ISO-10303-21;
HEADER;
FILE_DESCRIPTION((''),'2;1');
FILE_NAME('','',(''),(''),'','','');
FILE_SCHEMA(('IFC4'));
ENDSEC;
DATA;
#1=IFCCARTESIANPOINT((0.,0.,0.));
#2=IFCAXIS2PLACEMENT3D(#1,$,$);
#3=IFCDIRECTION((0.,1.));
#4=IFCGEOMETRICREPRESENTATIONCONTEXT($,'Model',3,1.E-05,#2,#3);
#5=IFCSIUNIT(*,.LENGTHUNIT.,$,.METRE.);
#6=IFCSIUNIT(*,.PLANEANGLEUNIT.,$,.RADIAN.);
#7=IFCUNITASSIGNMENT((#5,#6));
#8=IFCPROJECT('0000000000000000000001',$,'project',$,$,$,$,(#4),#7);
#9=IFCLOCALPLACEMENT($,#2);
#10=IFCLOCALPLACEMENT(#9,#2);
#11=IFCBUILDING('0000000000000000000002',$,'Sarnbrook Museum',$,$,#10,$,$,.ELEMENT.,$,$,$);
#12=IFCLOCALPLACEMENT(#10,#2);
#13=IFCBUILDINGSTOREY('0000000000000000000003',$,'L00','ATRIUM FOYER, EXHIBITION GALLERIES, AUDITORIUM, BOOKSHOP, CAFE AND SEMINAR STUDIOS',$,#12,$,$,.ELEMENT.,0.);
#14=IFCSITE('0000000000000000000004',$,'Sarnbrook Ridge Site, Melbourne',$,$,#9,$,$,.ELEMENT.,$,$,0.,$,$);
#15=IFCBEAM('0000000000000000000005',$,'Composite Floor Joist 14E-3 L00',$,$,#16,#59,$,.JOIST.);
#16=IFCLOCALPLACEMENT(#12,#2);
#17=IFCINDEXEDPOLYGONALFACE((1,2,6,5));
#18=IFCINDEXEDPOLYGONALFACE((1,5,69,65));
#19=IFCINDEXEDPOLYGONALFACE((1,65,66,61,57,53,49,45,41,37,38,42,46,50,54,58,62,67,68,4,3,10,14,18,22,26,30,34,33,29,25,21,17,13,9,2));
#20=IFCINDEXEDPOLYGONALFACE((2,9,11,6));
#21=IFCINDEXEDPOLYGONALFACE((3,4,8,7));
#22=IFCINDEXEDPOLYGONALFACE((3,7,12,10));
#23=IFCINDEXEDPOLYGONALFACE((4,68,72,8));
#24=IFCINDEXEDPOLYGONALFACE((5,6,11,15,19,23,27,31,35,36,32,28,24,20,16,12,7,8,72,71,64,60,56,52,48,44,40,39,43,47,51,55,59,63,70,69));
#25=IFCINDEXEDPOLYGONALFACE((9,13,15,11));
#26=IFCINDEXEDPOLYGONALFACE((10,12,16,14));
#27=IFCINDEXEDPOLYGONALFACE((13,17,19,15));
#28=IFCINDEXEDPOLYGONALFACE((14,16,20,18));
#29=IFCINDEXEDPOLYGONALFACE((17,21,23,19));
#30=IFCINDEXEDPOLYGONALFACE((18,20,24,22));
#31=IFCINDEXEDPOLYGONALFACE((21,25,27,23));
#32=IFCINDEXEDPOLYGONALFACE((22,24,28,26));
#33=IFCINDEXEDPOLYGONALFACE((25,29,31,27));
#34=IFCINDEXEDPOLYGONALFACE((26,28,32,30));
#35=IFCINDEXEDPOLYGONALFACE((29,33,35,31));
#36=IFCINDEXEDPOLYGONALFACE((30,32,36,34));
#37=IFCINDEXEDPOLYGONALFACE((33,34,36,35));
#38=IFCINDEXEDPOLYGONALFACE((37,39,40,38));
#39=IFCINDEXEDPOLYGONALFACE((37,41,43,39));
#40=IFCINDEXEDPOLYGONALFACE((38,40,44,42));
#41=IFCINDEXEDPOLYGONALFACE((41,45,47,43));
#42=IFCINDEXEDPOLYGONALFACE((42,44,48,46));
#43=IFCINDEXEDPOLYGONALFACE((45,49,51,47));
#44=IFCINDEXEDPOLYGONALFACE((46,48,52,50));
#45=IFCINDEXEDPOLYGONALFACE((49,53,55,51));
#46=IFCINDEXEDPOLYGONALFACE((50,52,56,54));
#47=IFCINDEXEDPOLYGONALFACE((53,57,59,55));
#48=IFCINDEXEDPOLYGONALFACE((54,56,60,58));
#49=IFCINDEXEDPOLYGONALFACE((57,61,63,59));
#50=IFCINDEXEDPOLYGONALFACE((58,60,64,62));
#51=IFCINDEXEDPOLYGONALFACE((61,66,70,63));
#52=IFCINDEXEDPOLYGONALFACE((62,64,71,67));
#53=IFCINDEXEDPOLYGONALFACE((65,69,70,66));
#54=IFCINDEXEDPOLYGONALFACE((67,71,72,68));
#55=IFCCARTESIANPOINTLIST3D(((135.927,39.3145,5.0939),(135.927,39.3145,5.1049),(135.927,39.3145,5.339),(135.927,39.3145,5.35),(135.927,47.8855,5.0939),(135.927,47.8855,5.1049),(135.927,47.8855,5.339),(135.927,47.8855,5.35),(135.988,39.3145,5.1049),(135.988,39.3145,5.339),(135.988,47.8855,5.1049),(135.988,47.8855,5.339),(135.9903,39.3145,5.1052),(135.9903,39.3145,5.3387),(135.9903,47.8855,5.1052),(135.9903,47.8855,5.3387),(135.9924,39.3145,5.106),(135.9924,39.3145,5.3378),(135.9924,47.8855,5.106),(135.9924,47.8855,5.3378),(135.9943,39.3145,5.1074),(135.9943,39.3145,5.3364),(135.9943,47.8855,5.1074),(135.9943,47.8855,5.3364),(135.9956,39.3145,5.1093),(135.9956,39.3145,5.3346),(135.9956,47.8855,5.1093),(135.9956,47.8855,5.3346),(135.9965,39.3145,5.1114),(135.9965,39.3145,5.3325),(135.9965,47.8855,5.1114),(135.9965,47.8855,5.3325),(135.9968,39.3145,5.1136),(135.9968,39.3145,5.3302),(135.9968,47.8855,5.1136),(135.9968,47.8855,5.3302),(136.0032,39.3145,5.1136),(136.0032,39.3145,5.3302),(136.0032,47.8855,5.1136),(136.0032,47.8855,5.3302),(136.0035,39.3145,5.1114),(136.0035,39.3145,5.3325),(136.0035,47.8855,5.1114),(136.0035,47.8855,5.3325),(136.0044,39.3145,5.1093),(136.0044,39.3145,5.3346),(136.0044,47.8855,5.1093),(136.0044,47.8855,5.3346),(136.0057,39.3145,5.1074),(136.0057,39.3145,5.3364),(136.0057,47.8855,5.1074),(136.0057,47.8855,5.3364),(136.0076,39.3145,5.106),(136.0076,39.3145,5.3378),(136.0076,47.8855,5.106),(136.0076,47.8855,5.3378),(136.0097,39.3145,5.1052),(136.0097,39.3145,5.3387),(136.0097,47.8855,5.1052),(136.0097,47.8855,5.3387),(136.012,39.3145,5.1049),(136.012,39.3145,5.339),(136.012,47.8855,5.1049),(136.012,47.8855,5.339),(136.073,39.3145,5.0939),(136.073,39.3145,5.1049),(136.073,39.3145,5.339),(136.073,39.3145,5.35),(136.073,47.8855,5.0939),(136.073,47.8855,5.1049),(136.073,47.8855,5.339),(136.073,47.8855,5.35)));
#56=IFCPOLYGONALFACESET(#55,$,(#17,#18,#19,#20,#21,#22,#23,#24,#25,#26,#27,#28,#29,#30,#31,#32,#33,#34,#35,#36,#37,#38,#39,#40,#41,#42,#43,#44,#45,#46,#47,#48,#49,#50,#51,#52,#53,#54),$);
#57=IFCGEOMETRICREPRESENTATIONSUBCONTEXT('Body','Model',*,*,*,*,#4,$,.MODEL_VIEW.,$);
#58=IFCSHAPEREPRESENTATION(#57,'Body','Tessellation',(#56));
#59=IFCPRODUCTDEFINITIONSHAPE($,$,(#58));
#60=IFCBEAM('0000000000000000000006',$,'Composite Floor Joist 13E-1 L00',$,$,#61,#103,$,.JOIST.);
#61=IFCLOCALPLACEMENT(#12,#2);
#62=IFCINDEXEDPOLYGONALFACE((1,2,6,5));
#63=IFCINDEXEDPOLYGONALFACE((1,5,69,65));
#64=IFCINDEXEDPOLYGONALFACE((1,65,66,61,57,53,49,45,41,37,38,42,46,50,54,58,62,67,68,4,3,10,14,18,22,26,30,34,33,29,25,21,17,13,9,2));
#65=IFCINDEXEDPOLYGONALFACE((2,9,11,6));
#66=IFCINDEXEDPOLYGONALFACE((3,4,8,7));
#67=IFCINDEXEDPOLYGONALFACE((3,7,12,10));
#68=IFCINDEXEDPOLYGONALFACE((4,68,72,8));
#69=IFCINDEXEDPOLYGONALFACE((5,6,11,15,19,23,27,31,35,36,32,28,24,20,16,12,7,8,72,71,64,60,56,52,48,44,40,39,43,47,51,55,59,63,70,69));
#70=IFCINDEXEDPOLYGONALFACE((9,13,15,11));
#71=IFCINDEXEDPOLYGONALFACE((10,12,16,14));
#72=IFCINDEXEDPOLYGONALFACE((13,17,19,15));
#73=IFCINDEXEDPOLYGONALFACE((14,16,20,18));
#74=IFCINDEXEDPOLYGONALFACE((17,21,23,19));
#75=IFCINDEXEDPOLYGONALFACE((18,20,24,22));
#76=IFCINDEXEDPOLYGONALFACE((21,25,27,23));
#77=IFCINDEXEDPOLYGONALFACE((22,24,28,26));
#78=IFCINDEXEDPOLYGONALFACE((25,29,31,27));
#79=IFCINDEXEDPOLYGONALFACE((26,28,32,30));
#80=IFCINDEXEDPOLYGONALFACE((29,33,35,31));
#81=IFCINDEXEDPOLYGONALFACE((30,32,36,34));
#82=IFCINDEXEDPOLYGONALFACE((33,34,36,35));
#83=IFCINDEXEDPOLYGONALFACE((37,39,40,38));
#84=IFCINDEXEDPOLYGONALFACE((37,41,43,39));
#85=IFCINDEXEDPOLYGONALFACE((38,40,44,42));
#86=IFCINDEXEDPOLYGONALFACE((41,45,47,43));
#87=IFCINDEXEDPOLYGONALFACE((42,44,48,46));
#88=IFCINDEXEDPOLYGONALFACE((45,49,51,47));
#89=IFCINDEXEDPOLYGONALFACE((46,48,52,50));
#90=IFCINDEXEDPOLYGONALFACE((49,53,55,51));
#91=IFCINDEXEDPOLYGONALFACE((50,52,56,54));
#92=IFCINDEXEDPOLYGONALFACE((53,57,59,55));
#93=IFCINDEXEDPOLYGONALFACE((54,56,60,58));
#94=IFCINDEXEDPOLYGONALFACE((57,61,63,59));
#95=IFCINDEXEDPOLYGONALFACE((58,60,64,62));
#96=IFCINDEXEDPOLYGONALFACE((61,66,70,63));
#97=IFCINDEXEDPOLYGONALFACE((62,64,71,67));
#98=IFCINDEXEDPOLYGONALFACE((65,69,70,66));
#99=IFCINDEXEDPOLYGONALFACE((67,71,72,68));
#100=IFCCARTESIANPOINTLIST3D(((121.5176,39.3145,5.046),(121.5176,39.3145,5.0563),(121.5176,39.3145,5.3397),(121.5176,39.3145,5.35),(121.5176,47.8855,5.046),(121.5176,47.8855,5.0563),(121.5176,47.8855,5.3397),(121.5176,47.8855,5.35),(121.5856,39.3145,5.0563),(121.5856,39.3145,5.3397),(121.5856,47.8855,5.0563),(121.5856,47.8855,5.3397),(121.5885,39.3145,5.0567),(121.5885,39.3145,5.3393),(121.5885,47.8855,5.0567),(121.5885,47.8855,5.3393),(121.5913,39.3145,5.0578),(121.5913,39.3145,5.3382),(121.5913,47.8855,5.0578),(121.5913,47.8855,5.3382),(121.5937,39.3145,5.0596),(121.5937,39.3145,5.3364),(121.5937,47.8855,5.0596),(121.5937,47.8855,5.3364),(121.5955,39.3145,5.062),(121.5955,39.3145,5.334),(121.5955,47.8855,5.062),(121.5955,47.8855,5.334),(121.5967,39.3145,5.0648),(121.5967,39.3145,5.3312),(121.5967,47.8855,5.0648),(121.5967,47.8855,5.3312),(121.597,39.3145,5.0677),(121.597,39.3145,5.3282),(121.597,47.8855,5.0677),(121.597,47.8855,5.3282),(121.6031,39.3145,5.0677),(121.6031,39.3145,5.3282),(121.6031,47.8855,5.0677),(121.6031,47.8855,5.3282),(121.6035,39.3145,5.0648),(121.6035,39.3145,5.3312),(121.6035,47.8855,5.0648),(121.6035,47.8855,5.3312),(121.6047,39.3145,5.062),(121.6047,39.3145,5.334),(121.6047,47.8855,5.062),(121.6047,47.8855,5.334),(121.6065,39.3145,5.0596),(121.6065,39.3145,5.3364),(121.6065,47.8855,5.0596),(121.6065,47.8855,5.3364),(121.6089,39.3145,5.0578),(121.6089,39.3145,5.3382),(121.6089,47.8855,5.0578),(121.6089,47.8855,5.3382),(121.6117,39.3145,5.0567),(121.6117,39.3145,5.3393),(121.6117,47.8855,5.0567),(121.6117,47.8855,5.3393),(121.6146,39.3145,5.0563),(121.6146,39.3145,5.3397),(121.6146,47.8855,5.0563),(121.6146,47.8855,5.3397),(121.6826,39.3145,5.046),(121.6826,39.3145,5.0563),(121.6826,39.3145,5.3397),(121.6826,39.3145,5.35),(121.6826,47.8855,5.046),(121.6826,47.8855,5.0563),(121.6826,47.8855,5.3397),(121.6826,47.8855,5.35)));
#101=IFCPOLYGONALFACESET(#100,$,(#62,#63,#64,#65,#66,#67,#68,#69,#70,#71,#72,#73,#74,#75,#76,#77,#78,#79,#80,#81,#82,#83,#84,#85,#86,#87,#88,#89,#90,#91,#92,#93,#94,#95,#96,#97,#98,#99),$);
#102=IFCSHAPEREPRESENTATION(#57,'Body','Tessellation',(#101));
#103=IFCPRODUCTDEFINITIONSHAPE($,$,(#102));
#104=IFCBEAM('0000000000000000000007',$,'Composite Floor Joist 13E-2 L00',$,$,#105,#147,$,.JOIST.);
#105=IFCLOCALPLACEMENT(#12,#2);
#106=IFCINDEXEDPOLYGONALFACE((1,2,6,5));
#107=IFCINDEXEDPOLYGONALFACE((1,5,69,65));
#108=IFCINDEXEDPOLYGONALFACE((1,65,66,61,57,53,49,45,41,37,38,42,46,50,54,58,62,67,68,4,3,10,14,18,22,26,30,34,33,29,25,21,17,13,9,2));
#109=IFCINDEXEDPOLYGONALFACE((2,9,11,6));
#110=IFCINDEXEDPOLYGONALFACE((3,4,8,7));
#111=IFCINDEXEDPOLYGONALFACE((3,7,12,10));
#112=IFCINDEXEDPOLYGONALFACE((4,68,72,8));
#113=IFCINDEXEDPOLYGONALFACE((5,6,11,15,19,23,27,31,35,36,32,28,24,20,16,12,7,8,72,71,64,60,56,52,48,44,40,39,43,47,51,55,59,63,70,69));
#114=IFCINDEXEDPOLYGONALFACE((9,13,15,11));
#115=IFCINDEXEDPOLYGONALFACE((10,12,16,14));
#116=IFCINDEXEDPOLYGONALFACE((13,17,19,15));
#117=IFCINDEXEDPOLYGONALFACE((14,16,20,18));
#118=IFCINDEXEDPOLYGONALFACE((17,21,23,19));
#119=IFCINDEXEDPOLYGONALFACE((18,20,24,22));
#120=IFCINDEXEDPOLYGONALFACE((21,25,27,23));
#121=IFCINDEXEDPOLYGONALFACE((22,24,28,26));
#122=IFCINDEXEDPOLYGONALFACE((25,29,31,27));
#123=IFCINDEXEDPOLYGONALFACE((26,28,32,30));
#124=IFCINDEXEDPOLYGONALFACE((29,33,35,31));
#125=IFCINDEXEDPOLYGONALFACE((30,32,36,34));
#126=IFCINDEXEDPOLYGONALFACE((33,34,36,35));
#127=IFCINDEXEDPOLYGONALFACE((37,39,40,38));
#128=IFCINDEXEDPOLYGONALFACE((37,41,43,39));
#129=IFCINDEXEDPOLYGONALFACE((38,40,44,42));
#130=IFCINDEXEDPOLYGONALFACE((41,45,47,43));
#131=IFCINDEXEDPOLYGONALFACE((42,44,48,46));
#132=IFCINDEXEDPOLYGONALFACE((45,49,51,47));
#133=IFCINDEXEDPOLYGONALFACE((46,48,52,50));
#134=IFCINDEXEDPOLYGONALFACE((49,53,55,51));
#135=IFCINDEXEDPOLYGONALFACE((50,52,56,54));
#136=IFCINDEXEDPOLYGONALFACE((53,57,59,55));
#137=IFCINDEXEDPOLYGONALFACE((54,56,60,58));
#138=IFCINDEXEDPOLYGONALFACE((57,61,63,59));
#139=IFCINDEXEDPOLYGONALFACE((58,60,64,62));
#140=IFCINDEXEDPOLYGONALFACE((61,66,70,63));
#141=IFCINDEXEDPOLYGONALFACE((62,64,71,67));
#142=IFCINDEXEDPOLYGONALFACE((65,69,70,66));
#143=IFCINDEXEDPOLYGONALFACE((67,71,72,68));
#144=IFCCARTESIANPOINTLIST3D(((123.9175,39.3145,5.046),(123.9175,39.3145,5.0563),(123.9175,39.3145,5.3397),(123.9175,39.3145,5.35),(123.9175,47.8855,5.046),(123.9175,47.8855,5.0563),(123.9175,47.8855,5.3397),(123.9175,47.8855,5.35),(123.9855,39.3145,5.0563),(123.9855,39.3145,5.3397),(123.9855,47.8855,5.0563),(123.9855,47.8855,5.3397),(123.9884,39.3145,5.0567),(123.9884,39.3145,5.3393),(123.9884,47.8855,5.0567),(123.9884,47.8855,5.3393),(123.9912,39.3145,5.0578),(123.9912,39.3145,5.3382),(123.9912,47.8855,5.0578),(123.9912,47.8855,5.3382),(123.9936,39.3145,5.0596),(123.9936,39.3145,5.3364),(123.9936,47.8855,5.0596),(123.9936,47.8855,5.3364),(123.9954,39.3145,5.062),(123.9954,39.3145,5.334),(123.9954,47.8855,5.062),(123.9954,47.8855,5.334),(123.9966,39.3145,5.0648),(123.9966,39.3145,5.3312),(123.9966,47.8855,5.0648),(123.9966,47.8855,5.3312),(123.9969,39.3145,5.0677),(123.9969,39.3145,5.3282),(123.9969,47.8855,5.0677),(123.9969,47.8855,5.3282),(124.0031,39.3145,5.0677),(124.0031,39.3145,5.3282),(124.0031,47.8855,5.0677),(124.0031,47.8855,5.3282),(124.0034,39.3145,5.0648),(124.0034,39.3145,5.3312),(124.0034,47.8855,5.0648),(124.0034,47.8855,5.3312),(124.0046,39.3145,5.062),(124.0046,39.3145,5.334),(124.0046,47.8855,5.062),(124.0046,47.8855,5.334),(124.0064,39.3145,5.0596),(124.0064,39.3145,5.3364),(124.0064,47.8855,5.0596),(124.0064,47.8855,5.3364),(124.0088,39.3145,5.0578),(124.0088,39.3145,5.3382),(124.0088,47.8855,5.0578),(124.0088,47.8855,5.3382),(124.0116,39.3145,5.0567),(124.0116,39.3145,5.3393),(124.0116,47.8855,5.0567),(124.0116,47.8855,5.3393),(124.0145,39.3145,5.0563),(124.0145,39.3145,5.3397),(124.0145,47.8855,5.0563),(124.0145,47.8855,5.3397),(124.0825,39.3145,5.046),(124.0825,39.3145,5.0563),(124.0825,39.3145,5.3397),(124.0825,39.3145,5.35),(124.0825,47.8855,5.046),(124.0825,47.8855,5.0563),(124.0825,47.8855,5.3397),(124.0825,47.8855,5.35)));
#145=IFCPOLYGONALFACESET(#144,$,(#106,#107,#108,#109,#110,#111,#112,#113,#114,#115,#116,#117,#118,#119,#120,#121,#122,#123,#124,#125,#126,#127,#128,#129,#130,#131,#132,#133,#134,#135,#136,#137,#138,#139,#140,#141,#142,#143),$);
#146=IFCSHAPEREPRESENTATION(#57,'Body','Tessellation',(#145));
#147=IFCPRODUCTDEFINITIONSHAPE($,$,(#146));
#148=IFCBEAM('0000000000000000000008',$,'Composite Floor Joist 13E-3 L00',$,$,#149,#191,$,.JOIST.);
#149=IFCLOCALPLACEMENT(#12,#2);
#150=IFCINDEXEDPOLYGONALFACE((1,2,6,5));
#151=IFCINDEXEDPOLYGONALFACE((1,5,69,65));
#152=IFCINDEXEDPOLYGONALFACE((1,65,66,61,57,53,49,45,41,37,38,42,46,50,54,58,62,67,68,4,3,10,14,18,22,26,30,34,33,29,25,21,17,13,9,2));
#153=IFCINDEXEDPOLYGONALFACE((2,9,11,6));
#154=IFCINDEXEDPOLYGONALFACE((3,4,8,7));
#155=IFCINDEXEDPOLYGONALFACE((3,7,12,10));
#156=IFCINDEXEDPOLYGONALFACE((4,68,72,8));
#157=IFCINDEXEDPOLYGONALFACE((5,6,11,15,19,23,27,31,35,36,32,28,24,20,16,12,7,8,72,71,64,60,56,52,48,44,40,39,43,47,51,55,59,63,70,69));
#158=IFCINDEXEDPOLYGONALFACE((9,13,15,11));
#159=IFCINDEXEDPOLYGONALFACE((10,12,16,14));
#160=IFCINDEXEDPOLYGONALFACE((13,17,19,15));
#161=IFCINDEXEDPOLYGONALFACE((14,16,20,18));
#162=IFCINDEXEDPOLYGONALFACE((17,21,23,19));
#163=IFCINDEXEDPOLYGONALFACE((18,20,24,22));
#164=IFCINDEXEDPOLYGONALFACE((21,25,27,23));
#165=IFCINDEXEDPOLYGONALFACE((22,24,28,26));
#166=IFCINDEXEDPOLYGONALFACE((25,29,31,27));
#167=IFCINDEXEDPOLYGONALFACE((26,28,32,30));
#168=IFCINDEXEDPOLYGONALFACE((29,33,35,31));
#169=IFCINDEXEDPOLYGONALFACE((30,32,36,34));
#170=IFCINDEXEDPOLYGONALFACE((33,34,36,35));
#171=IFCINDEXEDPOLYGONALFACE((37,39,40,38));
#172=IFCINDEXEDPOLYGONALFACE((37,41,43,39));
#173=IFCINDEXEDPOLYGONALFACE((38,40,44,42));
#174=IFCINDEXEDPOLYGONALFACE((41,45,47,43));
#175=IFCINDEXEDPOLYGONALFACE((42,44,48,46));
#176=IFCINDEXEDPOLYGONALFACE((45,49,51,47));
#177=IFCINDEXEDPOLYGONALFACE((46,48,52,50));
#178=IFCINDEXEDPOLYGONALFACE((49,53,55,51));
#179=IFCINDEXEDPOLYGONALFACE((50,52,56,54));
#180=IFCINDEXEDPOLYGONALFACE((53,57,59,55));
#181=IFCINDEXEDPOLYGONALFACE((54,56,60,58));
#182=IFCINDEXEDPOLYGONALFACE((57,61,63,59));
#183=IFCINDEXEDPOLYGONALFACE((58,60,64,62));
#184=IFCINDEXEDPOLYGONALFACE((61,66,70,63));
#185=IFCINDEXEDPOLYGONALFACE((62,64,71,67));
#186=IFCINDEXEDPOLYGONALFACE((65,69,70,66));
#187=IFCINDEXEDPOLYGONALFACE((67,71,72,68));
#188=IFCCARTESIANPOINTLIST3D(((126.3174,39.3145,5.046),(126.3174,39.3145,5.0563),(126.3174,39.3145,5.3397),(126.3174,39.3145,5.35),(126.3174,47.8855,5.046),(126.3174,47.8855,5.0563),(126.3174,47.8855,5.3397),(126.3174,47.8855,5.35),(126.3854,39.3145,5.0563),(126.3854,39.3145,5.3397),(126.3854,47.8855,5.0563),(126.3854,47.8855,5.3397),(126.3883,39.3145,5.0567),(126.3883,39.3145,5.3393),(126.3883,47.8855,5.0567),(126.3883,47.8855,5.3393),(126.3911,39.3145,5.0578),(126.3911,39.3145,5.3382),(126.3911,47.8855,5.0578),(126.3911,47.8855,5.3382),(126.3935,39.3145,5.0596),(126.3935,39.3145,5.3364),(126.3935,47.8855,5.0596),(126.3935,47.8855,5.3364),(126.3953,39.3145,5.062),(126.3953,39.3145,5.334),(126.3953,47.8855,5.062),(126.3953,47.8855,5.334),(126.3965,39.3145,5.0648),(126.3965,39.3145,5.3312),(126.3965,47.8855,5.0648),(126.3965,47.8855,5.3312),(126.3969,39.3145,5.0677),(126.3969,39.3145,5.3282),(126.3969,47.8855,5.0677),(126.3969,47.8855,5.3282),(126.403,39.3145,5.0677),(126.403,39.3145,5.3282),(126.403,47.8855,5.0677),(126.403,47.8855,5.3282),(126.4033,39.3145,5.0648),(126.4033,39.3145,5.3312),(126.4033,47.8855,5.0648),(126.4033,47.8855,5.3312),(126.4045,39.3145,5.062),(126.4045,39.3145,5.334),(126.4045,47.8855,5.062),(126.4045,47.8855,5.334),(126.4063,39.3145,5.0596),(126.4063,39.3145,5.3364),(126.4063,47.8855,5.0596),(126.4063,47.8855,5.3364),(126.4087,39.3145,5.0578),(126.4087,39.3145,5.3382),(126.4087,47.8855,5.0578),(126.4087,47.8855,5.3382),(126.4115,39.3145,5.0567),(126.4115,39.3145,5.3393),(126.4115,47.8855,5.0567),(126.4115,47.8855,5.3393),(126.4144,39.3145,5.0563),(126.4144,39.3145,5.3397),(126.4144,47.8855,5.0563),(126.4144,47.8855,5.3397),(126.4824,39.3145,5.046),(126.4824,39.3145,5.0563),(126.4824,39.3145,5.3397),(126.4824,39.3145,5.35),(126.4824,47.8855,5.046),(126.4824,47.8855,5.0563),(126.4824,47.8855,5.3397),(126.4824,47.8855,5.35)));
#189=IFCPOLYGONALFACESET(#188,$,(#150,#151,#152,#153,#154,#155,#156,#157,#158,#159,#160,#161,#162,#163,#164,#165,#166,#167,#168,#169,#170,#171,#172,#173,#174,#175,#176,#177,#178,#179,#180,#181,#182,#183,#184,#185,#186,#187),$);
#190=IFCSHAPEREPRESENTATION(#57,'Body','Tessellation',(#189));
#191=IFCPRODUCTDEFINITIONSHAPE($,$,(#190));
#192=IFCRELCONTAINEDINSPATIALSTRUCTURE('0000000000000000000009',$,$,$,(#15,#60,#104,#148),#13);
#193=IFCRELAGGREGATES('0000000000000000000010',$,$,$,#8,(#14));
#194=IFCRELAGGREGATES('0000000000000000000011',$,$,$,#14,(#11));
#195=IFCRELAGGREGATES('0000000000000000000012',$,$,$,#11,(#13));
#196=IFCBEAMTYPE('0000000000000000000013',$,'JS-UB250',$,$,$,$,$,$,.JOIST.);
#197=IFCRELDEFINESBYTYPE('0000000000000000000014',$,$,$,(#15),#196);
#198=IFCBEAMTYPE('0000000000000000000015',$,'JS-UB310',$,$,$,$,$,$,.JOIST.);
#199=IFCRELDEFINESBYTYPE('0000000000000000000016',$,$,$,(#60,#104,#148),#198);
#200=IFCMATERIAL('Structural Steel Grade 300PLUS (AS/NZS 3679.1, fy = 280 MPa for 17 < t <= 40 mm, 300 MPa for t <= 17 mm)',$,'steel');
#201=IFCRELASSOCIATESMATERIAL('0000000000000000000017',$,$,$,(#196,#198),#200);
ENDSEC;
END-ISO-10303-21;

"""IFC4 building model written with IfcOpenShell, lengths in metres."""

from ifc_helpers import new_model, si_unit, direction, frame, origin, origin_2d, place, context, subcontext, project, spatial, i_section, extrude, material, material_profile, profile_set, type_object, element, save


model = new_model("IFC4")

# Units and contexts
model_context = context("Model", 3, precision=1e-05, world=origin(), true_north=direction((0.0, 1.0)))
body_context = subcontext(model_context, "Body", "Model", "MODEL_VIEW")
ifc_project = project(units=[si_unit("LENGTHUNIT", "METRE"), si_unit("PLANEANGLEUNIT", "RADIAN")], contexts=[model_context])

# Site, building, storey
site_placement = place(None, origin())
site = spatial("IfcSite", under=ifc_project, at=site_placement, Name="Sarnbrook Ridge Site, Melbourne", CompositionType="ELEMENT", RefElevation=0.0)
building_placement = place(site_placement, origin())
building = spatial("IfcBuilding", under=site, at=building_placement, Name="Sarnbrook Museum", CompositionType="ELEMENT")
storey_placement = place(building_placement, origin())
storey = spatial("IfcBuildingStorey", under=building, at=storey_placement, Name="L00", Description="ATRIUM FOYER, EXHIBITION GALLERIES, AUDITORIUM, BOOKSHOP, CAFE AND SEMINAR STUDIOS", CompositionType="ELEMENT", Elevation=0.0)

# Shared definitions
ifc_material_1 = material(Name="Structural Steel Grade 300PLUS (AS/NZS 3679.1, fy = 280 MPa for 17 < t <= 40 mm, 300 MPa for t <= 17 mm)", Category="steel")

# Beams
ifc_material_profile_1 = material_profile(ifc_material_1, i_section(OverallWidth=0.146, OverallDepth=0.2561, WebThickness=0.0063, FlangeThickness=0.011, FilletRadius=0.0088, at=origin_2d()), Name="250UB37.3")
ifc_profile_set_1 = profile_set([ifc_material_profile_1], Name="Structural Steel Grade 300PLUS (AS/NZS 3679.1, fy = 280 MPa for 17 < t <= 40 mm, 300 MPa for t <= 17 mm)")
beam_type_1 = type_object("IfcBeamType", Name="JS-UB250", PredefinedType="JOIST", material=ifc_profile_set_1)
for number, where, z_axis, x_axis, name in (
    (1, (136.0, 39.3145, 5.2219), (0.0, 1.0, 0.0), (-1.0, 0.0, 0.0), "Composite Floor Joist 14E-3 L00"),
):
    element("IfcBeam", number, at=place(storey_placement, frame(where, z_axis=z_axis, x_axis=x_axis)), inside=storey, type_object=beam_type_1, Name=name, PredefinedType="JOIST", context=body_context, shape_type="SweptSolid", body=[
        extrude(i_section(OverallWidth=0.146, OverallDepth=0.2561, WebThickness=0.0063, FlangeThickness=0.011, FilletRadius=0.0088, at=origin_2d()), origin(), (0.0, 0.0, 1.0), 8.571),
    ])
ifc_material_profile_2 = material_profile(ifc_material_1, i_section(OverallWidth=0.165, OverallDepth=0.304, WebThickness=0.0061, FlangeThickness=0.0103, FilletRadius=0.0115, at=origin_2d()), Name="310UB40.4")
ifc_profile_set_2 = profile_set([ifc_material_profile_2], Name="Structural Steel Grade 300PLUS (AS/NZS 3679.1, fy = 280 MPa for 17 < t <= 40 mm, 300 MPa for t <= 17 mm)")
beam_type_2 = type_object("IfcBeamType", Name="JS-UB310", PredefinedType="JOIST", material=ifc_profile_set_2)
for number, where, z_axis, x_axis, name in (
    (2, (121.6001, 39.3145, 5.198), (0.0, 1.0, 0.0), (-1.0, 0.0, 0.0), "Composite Floor Joist 13E-1 L00"),
    (3, (124.0, 39.3145, 5.198), (0.0, 1.0, 0.0), (-1.0, 0.0, 0.0), "Composite Floor Joist 13E-2 L00"),
    (4, (126.3999, 39.3145, 5.198), (0.0, 1.0, 0.0), (-1.0, 0.0, 0.0), "Composite Floor Joist 13E-3 L00"),
):
    element("IfcBeam", number, at=place(storey_placement, frame(where, z_axis=z_axis, x_axis=x_axis)), inside=storey, type_object=beam_type_2, Name=name, PredefinedType="JOIST", context=body_context, shape_type="SweptSolid", body=[
        extrude(i_section(OverallWidth=0.165, OverallDepth=0.304, WebThickness=0.0061, FlangeThickness=0.0103, FilletRadius=0.0115, at=origin_2d()), origin(), (0.0, 0.0, 1.0), 8.571),
    ])

save(model, "model.ifc")
